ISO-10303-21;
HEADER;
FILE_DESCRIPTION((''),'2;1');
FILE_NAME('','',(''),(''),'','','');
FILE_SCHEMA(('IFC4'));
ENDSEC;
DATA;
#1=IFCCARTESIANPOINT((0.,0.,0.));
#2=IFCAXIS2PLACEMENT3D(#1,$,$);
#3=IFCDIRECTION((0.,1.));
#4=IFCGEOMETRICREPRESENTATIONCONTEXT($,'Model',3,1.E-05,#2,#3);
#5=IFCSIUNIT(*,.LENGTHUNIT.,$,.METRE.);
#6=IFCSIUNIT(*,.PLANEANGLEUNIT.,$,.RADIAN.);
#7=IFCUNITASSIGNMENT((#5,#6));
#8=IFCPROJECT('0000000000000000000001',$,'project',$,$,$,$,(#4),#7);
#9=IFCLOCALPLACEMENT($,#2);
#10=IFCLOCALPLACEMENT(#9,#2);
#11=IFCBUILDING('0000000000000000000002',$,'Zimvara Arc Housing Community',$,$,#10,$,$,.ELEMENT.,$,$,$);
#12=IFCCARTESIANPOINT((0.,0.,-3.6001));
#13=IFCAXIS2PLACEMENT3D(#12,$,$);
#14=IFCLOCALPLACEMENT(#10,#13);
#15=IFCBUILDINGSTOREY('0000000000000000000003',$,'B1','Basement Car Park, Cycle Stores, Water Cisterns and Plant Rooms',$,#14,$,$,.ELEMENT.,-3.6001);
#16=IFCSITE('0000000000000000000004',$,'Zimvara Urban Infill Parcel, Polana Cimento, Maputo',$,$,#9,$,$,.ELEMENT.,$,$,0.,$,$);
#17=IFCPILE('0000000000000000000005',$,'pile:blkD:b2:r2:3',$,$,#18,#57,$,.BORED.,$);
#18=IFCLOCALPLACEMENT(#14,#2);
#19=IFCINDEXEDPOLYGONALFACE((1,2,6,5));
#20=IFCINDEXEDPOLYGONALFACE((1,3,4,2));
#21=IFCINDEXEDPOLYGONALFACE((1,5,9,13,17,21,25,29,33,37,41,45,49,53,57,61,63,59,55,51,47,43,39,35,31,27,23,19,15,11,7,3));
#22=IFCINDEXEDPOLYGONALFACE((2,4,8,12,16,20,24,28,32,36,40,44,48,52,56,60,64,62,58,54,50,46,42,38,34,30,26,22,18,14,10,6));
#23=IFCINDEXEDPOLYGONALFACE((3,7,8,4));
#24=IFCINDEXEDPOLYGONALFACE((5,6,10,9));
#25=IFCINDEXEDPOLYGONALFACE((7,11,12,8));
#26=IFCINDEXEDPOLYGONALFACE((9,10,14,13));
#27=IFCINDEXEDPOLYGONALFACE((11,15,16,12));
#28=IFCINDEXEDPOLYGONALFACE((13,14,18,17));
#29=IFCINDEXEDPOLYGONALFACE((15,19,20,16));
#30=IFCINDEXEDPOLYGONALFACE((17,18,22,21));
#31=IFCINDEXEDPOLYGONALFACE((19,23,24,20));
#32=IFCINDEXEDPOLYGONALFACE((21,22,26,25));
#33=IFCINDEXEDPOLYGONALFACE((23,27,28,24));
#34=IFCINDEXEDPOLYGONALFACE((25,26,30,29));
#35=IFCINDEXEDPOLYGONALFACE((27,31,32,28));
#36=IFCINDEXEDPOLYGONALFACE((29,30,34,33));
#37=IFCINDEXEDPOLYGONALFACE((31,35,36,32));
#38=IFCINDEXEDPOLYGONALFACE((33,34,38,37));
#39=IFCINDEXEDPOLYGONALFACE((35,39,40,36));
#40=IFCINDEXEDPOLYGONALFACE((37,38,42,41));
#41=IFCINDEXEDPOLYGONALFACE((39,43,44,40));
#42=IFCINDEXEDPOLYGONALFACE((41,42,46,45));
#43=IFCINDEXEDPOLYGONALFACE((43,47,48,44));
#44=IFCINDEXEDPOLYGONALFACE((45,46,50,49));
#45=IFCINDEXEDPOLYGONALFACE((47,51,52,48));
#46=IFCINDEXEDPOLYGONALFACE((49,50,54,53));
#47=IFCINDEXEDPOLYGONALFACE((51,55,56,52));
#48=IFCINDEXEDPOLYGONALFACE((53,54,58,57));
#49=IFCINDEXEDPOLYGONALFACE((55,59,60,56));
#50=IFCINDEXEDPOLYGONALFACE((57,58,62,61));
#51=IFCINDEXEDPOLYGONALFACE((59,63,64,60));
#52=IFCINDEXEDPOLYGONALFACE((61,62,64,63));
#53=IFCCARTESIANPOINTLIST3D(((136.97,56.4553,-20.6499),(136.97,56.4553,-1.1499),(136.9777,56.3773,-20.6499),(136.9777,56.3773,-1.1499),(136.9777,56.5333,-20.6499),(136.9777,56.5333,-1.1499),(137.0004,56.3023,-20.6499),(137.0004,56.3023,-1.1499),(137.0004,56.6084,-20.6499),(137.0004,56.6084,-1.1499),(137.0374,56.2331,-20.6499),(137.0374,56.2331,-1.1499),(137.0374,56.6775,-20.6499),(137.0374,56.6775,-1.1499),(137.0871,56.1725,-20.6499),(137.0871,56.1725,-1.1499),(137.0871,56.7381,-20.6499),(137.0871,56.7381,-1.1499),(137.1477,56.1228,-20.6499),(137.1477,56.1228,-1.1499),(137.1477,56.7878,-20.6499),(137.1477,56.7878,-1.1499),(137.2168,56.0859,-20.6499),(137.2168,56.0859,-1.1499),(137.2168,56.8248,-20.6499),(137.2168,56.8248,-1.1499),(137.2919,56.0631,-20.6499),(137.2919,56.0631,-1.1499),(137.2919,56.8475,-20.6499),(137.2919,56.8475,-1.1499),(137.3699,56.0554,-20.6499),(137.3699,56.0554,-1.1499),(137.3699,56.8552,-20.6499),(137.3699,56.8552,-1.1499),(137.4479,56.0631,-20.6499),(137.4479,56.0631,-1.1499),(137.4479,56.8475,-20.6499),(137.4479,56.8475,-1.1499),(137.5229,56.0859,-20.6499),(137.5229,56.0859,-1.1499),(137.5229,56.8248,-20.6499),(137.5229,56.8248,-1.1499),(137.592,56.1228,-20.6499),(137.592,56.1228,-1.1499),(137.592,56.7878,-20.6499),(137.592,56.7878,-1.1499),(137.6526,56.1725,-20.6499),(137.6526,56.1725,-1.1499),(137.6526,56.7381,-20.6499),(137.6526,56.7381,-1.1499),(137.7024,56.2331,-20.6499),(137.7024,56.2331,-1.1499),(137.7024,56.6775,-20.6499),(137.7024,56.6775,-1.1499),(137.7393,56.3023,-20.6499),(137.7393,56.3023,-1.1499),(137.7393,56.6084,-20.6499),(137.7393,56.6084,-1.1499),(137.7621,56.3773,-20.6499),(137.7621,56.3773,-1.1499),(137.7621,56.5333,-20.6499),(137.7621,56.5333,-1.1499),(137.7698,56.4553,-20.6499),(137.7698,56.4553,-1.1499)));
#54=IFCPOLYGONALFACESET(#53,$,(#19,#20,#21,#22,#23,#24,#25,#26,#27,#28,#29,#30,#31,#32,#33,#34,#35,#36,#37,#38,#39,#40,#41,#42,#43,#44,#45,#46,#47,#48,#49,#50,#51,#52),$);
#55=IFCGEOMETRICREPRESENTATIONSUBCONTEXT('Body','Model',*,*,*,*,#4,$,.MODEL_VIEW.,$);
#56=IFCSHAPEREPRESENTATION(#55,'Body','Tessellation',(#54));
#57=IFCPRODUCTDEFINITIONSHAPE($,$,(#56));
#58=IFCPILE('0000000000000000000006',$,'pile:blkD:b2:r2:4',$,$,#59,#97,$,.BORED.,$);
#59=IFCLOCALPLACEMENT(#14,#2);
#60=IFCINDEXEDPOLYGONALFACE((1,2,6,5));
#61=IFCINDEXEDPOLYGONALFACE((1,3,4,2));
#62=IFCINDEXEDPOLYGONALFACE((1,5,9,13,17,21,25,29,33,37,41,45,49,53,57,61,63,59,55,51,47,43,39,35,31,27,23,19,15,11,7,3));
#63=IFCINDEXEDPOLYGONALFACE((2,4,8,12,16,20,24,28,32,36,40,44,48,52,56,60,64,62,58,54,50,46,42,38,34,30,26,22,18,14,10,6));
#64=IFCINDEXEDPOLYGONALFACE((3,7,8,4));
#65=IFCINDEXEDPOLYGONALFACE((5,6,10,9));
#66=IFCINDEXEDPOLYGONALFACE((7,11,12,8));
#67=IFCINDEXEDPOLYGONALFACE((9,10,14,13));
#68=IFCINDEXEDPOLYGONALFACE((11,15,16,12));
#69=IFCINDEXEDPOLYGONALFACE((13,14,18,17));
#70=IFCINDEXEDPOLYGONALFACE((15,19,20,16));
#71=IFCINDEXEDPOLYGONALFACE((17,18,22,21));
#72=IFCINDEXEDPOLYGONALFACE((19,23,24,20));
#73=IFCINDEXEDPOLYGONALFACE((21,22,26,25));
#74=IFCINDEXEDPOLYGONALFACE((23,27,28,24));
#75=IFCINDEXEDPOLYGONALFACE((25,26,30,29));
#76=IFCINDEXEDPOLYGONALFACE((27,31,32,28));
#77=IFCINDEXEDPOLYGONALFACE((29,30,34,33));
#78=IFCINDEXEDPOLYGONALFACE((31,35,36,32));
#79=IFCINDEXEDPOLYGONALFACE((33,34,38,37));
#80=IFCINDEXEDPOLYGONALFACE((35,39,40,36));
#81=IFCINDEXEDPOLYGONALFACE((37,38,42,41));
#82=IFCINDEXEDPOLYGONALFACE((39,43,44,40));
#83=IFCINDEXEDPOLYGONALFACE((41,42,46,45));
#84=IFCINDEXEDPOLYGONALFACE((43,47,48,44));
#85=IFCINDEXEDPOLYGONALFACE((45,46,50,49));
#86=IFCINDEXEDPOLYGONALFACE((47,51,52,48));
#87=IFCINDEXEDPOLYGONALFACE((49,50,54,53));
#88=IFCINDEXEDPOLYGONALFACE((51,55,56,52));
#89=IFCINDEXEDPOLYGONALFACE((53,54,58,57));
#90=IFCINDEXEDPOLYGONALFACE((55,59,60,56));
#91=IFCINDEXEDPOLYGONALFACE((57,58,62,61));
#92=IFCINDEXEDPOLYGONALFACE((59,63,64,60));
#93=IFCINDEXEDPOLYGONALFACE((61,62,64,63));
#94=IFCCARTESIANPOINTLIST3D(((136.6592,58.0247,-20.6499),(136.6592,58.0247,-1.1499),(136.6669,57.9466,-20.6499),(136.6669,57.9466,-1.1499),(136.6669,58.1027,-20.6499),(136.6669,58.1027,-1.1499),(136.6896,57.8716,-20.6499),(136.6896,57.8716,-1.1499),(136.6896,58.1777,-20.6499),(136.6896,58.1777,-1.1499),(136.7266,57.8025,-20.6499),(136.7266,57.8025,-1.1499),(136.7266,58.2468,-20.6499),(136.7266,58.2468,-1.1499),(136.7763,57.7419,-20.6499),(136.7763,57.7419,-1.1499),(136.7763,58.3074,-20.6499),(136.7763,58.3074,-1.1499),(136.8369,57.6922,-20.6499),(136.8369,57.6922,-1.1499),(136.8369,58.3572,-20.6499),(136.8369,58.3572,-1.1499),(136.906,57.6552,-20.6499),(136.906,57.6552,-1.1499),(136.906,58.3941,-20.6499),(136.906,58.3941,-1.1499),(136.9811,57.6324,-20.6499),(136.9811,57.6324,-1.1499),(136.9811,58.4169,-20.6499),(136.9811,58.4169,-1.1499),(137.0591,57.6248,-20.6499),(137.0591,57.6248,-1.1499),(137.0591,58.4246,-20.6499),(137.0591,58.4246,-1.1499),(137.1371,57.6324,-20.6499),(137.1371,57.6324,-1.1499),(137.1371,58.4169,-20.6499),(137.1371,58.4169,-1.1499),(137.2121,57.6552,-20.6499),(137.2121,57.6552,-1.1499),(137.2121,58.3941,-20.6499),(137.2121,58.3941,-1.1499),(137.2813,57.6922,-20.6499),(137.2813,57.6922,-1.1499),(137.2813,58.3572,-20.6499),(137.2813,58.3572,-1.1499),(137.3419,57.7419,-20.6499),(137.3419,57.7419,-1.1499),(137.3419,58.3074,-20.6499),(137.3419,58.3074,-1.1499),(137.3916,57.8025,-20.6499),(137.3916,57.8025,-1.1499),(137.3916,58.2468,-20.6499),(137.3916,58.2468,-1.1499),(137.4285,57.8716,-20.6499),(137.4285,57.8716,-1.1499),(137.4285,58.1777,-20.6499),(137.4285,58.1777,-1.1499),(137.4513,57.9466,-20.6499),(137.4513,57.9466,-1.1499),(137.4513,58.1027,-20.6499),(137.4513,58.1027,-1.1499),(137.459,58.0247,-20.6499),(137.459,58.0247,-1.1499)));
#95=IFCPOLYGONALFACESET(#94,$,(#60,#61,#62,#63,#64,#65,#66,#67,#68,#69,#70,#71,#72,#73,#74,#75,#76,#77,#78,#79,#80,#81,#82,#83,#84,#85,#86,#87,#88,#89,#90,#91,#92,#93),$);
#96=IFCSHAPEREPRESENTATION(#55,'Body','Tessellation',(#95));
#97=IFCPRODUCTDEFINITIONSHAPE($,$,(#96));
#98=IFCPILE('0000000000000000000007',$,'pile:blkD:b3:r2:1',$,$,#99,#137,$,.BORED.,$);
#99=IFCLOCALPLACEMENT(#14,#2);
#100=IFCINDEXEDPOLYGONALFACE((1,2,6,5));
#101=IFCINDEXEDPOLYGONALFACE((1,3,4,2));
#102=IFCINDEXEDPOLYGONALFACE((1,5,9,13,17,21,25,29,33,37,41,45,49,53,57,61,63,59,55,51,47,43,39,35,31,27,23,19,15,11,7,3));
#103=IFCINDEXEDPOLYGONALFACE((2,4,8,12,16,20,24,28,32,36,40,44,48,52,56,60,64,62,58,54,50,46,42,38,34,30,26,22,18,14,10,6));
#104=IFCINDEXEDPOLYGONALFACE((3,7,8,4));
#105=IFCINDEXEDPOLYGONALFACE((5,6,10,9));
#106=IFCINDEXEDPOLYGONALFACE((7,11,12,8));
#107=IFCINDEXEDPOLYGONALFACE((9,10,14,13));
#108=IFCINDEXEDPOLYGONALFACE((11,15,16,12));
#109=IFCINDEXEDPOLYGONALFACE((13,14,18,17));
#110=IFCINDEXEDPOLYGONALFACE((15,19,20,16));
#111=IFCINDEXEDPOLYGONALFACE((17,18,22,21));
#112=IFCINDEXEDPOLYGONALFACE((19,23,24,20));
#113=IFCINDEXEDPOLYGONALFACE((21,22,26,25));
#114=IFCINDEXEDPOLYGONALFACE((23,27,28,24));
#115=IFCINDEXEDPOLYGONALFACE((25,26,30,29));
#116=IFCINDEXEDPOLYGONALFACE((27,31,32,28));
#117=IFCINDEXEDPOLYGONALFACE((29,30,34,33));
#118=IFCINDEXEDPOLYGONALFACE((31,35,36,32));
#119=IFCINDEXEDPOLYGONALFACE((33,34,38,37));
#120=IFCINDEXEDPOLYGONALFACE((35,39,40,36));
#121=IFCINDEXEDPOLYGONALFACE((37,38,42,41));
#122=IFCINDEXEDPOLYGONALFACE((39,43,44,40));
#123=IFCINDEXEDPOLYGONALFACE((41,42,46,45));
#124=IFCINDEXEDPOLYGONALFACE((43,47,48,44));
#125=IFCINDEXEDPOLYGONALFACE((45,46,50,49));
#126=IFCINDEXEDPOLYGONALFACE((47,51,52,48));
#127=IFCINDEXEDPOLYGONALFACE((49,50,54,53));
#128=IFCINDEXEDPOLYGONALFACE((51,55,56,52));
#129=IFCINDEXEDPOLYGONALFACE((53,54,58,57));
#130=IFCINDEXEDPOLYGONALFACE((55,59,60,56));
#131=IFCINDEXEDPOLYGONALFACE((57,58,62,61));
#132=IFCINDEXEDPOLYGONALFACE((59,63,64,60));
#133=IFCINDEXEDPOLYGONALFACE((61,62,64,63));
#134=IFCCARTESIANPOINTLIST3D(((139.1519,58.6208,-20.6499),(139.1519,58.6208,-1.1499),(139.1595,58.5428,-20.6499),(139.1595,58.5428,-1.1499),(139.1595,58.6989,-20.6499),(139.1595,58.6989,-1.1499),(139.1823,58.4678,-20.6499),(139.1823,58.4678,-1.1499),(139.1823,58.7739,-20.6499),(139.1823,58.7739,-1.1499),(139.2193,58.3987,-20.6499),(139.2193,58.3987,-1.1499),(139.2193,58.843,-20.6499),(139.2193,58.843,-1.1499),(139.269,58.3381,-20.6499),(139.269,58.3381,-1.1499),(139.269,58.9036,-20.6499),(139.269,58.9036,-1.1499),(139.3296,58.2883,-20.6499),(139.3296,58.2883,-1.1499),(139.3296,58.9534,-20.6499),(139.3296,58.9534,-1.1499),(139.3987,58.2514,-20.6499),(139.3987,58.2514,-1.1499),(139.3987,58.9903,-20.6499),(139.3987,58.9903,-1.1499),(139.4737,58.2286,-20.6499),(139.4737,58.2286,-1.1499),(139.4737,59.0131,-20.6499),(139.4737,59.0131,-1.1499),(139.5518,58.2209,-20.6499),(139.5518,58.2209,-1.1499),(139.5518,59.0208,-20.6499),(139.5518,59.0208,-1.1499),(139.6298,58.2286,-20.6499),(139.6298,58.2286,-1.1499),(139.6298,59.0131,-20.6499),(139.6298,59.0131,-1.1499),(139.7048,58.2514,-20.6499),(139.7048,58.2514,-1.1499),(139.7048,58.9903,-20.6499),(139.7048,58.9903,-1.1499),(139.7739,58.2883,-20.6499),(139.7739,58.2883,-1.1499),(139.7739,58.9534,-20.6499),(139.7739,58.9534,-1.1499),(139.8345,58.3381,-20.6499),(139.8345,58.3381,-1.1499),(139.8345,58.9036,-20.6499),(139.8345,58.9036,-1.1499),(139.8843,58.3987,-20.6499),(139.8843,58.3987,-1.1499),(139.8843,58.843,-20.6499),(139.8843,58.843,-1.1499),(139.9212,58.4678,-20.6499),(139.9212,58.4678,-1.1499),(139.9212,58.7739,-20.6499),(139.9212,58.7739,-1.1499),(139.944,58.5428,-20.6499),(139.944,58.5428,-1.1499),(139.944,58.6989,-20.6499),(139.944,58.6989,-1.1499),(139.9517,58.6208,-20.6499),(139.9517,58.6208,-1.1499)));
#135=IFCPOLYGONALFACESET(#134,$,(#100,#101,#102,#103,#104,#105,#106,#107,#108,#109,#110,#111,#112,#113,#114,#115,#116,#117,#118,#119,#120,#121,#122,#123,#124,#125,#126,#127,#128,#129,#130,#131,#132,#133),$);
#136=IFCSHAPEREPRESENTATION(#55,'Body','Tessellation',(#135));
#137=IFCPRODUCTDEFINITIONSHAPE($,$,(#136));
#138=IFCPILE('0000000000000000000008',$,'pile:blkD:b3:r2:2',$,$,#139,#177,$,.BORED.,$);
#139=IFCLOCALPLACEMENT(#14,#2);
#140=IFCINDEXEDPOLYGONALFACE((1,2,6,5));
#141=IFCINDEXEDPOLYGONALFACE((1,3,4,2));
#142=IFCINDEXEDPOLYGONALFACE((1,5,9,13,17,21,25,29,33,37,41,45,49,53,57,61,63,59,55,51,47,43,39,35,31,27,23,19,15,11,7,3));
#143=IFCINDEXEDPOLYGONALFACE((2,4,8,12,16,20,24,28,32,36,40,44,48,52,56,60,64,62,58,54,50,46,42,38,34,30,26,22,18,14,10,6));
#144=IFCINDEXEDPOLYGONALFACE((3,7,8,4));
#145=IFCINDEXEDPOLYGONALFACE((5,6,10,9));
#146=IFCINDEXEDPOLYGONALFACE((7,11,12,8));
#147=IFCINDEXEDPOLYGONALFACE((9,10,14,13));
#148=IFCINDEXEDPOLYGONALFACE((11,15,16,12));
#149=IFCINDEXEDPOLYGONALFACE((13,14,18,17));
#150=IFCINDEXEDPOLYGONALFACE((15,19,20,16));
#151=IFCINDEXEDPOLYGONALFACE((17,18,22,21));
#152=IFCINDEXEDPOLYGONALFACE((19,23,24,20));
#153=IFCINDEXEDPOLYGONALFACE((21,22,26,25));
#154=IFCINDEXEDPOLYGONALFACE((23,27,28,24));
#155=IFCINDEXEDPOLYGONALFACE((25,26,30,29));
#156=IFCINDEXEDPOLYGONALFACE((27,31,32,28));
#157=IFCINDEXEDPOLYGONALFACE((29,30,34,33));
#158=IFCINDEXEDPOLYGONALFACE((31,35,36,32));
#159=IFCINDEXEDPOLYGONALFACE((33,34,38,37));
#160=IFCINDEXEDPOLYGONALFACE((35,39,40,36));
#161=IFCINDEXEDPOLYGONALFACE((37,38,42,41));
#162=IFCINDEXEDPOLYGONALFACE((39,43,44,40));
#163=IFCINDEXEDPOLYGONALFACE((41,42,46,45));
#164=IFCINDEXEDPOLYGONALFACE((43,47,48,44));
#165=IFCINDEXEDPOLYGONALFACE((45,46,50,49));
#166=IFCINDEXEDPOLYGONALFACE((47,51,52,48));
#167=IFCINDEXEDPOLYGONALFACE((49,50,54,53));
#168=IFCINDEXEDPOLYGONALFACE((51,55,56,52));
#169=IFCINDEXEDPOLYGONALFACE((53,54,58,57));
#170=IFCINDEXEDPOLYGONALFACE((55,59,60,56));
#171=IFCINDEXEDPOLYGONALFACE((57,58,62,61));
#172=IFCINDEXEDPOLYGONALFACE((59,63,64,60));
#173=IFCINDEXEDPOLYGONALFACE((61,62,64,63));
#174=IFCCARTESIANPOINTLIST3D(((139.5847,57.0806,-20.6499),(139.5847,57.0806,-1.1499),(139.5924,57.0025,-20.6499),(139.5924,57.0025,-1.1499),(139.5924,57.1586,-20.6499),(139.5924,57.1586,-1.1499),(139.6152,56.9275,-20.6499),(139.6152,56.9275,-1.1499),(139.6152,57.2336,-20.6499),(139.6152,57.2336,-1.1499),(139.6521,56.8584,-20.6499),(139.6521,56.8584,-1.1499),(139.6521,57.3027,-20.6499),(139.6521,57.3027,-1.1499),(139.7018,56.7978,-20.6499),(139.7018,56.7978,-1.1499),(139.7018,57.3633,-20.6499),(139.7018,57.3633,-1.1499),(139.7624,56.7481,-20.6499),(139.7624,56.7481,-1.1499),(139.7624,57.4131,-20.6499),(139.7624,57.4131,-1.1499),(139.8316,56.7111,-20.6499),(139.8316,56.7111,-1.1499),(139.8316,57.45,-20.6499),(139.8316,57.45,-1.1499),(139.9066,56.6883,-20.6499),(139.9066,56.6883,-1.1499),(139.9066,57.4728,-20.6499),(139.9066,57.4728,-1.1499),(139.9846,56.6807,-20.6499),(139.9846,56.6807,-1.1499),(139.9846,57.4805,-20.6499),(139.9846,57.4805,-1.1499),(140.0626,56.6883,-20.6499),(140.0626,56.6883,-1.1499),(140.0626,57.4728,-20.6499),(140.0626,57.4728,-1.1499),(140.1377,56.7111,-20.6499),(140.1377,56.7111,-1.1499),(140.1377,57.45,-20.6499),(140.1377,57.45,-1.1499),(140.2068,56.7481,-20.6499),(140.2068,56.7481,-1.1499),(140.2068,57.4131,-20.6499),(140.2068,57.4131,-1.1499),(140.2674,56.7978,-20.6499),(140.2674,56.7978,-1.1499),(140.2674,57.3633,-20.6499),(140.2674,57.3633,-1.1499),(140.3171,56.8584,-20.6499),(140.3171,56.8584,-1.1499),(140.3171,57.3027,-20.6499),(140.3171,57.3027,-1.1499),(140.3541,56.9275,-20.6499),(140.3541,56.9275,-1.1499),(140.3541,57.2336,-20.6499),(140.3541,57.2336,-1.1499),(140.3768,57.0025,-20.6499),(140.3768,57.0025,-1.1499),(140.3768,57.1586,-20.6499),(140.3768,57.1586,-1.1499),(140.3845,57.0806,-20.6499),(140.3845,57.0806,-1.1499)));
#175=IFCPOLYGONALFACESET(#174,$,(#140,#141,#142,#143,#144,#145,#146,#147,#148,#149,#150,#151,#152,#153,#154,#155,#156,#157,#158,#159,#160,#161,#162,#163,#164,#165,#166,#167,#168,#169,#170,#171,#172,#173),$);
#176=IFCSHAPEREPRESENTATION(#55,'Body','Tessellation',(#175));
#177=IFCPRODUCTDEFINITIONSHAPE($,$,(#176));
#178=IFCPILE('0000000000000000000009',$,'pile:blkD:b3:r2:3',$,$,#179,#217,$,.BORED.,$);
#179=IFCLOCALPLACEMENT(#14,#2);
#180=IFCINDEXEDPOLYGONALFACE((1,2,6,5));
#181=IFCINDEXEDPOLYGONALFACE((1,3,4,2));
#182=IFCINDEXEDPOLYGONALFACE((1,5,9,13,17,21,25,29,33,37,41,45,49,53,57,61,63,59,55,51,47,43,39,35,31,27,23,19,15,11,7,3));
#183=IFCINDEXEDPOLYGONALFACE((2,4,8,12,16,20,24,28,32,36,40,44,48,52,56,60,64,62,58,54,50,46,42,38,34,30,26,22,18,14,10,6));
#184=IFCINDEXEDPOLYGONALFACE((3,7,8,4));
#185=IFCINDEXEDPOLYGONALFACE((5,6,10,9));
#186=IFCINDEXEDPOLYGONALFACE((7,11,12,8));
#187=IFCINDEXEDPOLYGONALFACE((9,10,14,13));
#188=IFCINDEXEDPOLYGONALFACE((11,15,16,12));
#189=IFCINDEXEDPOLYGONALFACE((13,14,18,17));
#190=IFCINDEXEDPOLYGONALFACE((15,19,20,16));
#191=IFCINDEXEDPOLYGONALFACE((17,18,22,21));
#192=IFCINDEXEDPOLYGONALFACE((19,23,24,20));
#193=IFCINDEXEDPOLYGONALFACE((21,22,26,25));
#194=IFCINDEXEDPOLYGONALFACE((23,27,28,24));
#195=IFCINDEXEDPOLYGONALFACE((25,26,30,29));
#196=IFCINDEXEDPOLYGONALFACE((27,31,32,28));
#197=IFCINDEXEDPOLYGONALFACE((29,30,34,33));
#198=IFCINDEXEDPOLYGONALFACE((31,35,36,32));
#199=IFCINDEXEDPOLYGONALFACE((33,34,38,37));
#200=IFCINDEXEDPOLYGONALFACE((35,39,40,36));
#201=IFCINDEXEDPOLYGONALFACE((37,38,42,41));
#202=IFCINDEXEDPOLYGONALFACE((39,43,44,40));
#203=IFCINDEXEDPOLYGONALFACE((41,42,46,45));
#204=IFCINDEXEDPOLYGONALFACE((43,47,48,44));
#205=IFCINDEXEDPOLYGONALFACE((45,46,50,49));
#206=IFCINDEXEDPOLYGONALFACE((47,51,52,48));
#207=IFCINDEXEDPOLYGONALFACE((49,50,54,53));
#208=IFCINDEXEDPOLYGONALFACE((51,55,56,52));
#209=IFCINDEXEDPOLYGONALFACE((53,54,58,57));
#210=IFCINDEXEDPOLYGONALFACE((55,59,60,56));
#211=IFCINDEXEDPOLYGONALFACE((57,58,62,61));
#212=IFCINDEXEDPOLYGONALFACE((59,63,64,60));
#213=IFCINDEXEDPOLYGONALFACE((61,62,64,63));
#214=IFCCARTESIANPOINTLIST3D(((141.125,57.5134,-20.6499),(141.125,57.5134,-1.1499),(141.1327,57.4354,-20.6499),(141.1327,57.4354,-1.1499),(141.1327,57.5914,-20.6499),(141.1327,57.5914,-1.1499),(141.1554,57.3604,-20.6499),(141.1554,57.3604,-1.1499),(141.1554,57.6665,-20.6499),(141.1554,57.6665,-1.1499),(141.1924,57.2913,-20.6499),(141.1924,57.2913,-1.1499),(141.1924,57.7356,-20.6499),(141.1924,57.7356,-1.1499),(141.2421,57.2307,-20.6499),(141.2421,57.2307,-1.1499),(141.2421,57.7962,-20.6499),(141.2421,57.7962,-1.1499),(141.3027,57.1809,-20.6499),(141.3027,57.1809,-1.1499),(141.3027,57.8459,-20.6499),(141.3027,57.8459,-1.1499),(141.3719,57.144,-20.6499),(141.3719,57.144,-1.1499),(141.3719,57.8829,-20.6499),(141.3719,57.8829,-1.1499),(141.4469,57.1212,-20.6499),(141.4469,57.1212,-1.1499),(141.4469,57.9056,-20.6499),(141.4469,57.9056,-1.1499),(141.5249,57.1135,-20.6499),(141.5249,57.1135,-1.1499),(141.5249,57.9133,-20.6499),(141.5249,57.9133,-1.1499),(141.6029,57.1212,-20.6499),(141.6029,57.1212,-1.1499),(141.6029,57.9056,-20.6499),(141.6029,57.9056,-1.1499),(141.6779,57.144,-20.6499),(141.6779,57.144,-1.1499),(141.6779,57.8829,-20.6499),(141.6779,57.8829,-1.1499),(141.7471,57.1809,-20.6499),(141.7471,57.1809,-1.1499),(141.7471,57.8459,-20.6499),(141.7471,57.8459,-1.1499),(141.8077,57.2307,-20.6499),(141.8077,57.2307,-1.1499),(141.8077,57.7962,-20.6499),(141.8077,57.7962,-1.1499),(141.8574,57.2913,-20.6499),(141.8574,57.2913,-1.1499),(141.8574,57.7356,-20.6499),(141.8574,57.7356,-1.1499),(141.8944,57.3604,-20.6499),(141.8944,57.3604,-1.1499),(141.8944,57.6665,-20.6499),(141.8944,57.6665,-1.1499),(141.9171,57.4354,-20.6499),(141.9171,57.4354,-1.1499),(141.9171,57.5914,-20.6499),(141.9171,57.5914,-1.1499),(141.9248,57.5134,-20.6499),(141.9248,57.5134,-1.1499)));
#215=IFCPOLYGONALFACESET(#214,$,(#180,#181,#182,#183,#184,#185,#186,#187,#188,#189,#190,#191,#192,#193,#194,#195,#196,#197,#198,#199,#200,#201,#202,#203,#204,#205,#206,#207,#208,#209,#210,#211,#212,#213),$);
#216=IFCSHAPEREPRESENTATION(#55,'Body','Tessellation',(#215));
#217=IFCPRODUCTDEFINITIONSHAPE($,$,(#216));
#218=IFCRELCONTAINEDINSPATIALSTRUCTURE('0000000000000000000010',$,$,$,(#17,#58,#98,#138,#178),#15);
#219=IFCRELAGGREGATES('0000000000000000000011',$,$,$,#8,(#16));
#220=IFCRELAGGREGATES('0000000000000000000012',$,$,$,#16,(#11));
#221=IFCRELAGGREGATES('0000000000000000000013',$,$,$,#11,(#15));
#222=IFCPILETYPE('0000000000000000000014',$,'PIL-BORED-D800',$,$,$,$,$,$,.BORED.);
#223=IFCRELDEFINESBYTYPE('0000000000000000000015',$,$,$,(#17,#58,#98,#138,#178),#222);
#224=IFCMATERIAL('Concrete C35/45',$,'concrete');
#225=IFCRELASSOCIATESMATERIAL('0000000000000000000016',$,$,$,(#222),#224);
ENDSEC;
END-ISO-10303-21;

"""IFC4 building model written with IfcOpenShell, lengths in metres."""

from ifc_helpers import new_model, si_unit, direction, frame, origin, origin_2d, place, context, subcontext, project, spatial, circle, extrude, material, material_profile, profile_set, type_object, element, save


model = new_model("IFC4")

# Units and contexts
model_context = context("Model", 3, precision=1e-05, world=origin(), true_north=direction((0.0, 1.0)))
body_context = subcontext(model_context, "Body", "Model", "MODEL_VIEW")
ifc_project = project(units=[si_unit("LENGTHUNIT", "METRE"), si_unit("PLANEANGLEUNIT", "RADIAN")], contexts=[model_context])

# Site, building, storey
site_placement = place(None, origin())
site = spatial("IfcSite", under=ifc_project, at=site_placement, Name="Zimvara Urban Infill Parcel, Polana Cimento, Maputo", CompositionType="ELEMENT", RefElevation=0.0)
building_placement = place(site_placement, origin())
building = spatial("IfcBuilding", under=site, at=building_placement, Name="Zimvara Arc Housing Community", CompositionType="ELEMENT")
storey_placement = place(building_placement, frame((0.0, 0.0, -3.6001)))
storey = spatial("IfcBuildingStorey", under=building, at=storey_placement, Name="B1", Description="Basement Car Park, Cycle Stores, Water Cisterns and Plant Rooms", CompositionType="ELEMENT", Elevation=-3.6001)

# Piles
ifc_material_1 = material(Name="Concrete C35/45", Category="concrete")
ifc_material_profile_1 = material_profile(ifc_material_1, circle(Radius=0.3999, at=origin_2d()), Name="PILE D800")
ifc_profile_set_1 = profile_set([ifc_material_profile_1], Name="Concrete C35/45")
pile_type_1 = type_object("IfcPileType", Name="PIL-BORED-D800", PredefinedType="BORED", material=ifc_profile_set_1)
for number, where, z_axis, x_axis, name in (
    (1, (137.3699, 56.4553, -1.1499), (0.0, 0.0, -1.0), (1.0, 0.0, 0.0), "pile:blkD:b2:r2:3"),
    (2, (137.0591, 58.0247, -1.1499), (0.0, 0.0, -1.0), (1.0, 0.0, 0.0), "pile:blkD:b2:r2:4"),
    (3, (139.5518, 58.6208, -1.1499), (0.0, 0.0, -1.0), (1.0, 0.0, 0.0), "pile:blkD:b3:r2:1"),
    (4, (139.9846, 57.0806, -1.1499), (0.0, 0.0, -1.0), (1.0, 0.0, 0.0), "pile:blkD:b3:r2:2"),
    (5, (141.5249, 57.5134, -1.1499), (0.0, 0.0, -1.0), (1.0, 0.0, 0.0), "pile:blkD:b3:r2:3"),
):
    element("IfcPile", number, at=place(storey_placement, frame(where, z_axis=z_axis, x_axis=x_axis)), inside=storey, type_object=pile_type_1, Name=name, PredefinedType="BORED", context=body_context, shape_type="SweptSolid", body=[
        extrude(circle(Radius=0.3999, at=origin_2d()), origin(), (0.0, 0.0, 1.0), 19.5),
    ])

save(model, "model.ifc")
